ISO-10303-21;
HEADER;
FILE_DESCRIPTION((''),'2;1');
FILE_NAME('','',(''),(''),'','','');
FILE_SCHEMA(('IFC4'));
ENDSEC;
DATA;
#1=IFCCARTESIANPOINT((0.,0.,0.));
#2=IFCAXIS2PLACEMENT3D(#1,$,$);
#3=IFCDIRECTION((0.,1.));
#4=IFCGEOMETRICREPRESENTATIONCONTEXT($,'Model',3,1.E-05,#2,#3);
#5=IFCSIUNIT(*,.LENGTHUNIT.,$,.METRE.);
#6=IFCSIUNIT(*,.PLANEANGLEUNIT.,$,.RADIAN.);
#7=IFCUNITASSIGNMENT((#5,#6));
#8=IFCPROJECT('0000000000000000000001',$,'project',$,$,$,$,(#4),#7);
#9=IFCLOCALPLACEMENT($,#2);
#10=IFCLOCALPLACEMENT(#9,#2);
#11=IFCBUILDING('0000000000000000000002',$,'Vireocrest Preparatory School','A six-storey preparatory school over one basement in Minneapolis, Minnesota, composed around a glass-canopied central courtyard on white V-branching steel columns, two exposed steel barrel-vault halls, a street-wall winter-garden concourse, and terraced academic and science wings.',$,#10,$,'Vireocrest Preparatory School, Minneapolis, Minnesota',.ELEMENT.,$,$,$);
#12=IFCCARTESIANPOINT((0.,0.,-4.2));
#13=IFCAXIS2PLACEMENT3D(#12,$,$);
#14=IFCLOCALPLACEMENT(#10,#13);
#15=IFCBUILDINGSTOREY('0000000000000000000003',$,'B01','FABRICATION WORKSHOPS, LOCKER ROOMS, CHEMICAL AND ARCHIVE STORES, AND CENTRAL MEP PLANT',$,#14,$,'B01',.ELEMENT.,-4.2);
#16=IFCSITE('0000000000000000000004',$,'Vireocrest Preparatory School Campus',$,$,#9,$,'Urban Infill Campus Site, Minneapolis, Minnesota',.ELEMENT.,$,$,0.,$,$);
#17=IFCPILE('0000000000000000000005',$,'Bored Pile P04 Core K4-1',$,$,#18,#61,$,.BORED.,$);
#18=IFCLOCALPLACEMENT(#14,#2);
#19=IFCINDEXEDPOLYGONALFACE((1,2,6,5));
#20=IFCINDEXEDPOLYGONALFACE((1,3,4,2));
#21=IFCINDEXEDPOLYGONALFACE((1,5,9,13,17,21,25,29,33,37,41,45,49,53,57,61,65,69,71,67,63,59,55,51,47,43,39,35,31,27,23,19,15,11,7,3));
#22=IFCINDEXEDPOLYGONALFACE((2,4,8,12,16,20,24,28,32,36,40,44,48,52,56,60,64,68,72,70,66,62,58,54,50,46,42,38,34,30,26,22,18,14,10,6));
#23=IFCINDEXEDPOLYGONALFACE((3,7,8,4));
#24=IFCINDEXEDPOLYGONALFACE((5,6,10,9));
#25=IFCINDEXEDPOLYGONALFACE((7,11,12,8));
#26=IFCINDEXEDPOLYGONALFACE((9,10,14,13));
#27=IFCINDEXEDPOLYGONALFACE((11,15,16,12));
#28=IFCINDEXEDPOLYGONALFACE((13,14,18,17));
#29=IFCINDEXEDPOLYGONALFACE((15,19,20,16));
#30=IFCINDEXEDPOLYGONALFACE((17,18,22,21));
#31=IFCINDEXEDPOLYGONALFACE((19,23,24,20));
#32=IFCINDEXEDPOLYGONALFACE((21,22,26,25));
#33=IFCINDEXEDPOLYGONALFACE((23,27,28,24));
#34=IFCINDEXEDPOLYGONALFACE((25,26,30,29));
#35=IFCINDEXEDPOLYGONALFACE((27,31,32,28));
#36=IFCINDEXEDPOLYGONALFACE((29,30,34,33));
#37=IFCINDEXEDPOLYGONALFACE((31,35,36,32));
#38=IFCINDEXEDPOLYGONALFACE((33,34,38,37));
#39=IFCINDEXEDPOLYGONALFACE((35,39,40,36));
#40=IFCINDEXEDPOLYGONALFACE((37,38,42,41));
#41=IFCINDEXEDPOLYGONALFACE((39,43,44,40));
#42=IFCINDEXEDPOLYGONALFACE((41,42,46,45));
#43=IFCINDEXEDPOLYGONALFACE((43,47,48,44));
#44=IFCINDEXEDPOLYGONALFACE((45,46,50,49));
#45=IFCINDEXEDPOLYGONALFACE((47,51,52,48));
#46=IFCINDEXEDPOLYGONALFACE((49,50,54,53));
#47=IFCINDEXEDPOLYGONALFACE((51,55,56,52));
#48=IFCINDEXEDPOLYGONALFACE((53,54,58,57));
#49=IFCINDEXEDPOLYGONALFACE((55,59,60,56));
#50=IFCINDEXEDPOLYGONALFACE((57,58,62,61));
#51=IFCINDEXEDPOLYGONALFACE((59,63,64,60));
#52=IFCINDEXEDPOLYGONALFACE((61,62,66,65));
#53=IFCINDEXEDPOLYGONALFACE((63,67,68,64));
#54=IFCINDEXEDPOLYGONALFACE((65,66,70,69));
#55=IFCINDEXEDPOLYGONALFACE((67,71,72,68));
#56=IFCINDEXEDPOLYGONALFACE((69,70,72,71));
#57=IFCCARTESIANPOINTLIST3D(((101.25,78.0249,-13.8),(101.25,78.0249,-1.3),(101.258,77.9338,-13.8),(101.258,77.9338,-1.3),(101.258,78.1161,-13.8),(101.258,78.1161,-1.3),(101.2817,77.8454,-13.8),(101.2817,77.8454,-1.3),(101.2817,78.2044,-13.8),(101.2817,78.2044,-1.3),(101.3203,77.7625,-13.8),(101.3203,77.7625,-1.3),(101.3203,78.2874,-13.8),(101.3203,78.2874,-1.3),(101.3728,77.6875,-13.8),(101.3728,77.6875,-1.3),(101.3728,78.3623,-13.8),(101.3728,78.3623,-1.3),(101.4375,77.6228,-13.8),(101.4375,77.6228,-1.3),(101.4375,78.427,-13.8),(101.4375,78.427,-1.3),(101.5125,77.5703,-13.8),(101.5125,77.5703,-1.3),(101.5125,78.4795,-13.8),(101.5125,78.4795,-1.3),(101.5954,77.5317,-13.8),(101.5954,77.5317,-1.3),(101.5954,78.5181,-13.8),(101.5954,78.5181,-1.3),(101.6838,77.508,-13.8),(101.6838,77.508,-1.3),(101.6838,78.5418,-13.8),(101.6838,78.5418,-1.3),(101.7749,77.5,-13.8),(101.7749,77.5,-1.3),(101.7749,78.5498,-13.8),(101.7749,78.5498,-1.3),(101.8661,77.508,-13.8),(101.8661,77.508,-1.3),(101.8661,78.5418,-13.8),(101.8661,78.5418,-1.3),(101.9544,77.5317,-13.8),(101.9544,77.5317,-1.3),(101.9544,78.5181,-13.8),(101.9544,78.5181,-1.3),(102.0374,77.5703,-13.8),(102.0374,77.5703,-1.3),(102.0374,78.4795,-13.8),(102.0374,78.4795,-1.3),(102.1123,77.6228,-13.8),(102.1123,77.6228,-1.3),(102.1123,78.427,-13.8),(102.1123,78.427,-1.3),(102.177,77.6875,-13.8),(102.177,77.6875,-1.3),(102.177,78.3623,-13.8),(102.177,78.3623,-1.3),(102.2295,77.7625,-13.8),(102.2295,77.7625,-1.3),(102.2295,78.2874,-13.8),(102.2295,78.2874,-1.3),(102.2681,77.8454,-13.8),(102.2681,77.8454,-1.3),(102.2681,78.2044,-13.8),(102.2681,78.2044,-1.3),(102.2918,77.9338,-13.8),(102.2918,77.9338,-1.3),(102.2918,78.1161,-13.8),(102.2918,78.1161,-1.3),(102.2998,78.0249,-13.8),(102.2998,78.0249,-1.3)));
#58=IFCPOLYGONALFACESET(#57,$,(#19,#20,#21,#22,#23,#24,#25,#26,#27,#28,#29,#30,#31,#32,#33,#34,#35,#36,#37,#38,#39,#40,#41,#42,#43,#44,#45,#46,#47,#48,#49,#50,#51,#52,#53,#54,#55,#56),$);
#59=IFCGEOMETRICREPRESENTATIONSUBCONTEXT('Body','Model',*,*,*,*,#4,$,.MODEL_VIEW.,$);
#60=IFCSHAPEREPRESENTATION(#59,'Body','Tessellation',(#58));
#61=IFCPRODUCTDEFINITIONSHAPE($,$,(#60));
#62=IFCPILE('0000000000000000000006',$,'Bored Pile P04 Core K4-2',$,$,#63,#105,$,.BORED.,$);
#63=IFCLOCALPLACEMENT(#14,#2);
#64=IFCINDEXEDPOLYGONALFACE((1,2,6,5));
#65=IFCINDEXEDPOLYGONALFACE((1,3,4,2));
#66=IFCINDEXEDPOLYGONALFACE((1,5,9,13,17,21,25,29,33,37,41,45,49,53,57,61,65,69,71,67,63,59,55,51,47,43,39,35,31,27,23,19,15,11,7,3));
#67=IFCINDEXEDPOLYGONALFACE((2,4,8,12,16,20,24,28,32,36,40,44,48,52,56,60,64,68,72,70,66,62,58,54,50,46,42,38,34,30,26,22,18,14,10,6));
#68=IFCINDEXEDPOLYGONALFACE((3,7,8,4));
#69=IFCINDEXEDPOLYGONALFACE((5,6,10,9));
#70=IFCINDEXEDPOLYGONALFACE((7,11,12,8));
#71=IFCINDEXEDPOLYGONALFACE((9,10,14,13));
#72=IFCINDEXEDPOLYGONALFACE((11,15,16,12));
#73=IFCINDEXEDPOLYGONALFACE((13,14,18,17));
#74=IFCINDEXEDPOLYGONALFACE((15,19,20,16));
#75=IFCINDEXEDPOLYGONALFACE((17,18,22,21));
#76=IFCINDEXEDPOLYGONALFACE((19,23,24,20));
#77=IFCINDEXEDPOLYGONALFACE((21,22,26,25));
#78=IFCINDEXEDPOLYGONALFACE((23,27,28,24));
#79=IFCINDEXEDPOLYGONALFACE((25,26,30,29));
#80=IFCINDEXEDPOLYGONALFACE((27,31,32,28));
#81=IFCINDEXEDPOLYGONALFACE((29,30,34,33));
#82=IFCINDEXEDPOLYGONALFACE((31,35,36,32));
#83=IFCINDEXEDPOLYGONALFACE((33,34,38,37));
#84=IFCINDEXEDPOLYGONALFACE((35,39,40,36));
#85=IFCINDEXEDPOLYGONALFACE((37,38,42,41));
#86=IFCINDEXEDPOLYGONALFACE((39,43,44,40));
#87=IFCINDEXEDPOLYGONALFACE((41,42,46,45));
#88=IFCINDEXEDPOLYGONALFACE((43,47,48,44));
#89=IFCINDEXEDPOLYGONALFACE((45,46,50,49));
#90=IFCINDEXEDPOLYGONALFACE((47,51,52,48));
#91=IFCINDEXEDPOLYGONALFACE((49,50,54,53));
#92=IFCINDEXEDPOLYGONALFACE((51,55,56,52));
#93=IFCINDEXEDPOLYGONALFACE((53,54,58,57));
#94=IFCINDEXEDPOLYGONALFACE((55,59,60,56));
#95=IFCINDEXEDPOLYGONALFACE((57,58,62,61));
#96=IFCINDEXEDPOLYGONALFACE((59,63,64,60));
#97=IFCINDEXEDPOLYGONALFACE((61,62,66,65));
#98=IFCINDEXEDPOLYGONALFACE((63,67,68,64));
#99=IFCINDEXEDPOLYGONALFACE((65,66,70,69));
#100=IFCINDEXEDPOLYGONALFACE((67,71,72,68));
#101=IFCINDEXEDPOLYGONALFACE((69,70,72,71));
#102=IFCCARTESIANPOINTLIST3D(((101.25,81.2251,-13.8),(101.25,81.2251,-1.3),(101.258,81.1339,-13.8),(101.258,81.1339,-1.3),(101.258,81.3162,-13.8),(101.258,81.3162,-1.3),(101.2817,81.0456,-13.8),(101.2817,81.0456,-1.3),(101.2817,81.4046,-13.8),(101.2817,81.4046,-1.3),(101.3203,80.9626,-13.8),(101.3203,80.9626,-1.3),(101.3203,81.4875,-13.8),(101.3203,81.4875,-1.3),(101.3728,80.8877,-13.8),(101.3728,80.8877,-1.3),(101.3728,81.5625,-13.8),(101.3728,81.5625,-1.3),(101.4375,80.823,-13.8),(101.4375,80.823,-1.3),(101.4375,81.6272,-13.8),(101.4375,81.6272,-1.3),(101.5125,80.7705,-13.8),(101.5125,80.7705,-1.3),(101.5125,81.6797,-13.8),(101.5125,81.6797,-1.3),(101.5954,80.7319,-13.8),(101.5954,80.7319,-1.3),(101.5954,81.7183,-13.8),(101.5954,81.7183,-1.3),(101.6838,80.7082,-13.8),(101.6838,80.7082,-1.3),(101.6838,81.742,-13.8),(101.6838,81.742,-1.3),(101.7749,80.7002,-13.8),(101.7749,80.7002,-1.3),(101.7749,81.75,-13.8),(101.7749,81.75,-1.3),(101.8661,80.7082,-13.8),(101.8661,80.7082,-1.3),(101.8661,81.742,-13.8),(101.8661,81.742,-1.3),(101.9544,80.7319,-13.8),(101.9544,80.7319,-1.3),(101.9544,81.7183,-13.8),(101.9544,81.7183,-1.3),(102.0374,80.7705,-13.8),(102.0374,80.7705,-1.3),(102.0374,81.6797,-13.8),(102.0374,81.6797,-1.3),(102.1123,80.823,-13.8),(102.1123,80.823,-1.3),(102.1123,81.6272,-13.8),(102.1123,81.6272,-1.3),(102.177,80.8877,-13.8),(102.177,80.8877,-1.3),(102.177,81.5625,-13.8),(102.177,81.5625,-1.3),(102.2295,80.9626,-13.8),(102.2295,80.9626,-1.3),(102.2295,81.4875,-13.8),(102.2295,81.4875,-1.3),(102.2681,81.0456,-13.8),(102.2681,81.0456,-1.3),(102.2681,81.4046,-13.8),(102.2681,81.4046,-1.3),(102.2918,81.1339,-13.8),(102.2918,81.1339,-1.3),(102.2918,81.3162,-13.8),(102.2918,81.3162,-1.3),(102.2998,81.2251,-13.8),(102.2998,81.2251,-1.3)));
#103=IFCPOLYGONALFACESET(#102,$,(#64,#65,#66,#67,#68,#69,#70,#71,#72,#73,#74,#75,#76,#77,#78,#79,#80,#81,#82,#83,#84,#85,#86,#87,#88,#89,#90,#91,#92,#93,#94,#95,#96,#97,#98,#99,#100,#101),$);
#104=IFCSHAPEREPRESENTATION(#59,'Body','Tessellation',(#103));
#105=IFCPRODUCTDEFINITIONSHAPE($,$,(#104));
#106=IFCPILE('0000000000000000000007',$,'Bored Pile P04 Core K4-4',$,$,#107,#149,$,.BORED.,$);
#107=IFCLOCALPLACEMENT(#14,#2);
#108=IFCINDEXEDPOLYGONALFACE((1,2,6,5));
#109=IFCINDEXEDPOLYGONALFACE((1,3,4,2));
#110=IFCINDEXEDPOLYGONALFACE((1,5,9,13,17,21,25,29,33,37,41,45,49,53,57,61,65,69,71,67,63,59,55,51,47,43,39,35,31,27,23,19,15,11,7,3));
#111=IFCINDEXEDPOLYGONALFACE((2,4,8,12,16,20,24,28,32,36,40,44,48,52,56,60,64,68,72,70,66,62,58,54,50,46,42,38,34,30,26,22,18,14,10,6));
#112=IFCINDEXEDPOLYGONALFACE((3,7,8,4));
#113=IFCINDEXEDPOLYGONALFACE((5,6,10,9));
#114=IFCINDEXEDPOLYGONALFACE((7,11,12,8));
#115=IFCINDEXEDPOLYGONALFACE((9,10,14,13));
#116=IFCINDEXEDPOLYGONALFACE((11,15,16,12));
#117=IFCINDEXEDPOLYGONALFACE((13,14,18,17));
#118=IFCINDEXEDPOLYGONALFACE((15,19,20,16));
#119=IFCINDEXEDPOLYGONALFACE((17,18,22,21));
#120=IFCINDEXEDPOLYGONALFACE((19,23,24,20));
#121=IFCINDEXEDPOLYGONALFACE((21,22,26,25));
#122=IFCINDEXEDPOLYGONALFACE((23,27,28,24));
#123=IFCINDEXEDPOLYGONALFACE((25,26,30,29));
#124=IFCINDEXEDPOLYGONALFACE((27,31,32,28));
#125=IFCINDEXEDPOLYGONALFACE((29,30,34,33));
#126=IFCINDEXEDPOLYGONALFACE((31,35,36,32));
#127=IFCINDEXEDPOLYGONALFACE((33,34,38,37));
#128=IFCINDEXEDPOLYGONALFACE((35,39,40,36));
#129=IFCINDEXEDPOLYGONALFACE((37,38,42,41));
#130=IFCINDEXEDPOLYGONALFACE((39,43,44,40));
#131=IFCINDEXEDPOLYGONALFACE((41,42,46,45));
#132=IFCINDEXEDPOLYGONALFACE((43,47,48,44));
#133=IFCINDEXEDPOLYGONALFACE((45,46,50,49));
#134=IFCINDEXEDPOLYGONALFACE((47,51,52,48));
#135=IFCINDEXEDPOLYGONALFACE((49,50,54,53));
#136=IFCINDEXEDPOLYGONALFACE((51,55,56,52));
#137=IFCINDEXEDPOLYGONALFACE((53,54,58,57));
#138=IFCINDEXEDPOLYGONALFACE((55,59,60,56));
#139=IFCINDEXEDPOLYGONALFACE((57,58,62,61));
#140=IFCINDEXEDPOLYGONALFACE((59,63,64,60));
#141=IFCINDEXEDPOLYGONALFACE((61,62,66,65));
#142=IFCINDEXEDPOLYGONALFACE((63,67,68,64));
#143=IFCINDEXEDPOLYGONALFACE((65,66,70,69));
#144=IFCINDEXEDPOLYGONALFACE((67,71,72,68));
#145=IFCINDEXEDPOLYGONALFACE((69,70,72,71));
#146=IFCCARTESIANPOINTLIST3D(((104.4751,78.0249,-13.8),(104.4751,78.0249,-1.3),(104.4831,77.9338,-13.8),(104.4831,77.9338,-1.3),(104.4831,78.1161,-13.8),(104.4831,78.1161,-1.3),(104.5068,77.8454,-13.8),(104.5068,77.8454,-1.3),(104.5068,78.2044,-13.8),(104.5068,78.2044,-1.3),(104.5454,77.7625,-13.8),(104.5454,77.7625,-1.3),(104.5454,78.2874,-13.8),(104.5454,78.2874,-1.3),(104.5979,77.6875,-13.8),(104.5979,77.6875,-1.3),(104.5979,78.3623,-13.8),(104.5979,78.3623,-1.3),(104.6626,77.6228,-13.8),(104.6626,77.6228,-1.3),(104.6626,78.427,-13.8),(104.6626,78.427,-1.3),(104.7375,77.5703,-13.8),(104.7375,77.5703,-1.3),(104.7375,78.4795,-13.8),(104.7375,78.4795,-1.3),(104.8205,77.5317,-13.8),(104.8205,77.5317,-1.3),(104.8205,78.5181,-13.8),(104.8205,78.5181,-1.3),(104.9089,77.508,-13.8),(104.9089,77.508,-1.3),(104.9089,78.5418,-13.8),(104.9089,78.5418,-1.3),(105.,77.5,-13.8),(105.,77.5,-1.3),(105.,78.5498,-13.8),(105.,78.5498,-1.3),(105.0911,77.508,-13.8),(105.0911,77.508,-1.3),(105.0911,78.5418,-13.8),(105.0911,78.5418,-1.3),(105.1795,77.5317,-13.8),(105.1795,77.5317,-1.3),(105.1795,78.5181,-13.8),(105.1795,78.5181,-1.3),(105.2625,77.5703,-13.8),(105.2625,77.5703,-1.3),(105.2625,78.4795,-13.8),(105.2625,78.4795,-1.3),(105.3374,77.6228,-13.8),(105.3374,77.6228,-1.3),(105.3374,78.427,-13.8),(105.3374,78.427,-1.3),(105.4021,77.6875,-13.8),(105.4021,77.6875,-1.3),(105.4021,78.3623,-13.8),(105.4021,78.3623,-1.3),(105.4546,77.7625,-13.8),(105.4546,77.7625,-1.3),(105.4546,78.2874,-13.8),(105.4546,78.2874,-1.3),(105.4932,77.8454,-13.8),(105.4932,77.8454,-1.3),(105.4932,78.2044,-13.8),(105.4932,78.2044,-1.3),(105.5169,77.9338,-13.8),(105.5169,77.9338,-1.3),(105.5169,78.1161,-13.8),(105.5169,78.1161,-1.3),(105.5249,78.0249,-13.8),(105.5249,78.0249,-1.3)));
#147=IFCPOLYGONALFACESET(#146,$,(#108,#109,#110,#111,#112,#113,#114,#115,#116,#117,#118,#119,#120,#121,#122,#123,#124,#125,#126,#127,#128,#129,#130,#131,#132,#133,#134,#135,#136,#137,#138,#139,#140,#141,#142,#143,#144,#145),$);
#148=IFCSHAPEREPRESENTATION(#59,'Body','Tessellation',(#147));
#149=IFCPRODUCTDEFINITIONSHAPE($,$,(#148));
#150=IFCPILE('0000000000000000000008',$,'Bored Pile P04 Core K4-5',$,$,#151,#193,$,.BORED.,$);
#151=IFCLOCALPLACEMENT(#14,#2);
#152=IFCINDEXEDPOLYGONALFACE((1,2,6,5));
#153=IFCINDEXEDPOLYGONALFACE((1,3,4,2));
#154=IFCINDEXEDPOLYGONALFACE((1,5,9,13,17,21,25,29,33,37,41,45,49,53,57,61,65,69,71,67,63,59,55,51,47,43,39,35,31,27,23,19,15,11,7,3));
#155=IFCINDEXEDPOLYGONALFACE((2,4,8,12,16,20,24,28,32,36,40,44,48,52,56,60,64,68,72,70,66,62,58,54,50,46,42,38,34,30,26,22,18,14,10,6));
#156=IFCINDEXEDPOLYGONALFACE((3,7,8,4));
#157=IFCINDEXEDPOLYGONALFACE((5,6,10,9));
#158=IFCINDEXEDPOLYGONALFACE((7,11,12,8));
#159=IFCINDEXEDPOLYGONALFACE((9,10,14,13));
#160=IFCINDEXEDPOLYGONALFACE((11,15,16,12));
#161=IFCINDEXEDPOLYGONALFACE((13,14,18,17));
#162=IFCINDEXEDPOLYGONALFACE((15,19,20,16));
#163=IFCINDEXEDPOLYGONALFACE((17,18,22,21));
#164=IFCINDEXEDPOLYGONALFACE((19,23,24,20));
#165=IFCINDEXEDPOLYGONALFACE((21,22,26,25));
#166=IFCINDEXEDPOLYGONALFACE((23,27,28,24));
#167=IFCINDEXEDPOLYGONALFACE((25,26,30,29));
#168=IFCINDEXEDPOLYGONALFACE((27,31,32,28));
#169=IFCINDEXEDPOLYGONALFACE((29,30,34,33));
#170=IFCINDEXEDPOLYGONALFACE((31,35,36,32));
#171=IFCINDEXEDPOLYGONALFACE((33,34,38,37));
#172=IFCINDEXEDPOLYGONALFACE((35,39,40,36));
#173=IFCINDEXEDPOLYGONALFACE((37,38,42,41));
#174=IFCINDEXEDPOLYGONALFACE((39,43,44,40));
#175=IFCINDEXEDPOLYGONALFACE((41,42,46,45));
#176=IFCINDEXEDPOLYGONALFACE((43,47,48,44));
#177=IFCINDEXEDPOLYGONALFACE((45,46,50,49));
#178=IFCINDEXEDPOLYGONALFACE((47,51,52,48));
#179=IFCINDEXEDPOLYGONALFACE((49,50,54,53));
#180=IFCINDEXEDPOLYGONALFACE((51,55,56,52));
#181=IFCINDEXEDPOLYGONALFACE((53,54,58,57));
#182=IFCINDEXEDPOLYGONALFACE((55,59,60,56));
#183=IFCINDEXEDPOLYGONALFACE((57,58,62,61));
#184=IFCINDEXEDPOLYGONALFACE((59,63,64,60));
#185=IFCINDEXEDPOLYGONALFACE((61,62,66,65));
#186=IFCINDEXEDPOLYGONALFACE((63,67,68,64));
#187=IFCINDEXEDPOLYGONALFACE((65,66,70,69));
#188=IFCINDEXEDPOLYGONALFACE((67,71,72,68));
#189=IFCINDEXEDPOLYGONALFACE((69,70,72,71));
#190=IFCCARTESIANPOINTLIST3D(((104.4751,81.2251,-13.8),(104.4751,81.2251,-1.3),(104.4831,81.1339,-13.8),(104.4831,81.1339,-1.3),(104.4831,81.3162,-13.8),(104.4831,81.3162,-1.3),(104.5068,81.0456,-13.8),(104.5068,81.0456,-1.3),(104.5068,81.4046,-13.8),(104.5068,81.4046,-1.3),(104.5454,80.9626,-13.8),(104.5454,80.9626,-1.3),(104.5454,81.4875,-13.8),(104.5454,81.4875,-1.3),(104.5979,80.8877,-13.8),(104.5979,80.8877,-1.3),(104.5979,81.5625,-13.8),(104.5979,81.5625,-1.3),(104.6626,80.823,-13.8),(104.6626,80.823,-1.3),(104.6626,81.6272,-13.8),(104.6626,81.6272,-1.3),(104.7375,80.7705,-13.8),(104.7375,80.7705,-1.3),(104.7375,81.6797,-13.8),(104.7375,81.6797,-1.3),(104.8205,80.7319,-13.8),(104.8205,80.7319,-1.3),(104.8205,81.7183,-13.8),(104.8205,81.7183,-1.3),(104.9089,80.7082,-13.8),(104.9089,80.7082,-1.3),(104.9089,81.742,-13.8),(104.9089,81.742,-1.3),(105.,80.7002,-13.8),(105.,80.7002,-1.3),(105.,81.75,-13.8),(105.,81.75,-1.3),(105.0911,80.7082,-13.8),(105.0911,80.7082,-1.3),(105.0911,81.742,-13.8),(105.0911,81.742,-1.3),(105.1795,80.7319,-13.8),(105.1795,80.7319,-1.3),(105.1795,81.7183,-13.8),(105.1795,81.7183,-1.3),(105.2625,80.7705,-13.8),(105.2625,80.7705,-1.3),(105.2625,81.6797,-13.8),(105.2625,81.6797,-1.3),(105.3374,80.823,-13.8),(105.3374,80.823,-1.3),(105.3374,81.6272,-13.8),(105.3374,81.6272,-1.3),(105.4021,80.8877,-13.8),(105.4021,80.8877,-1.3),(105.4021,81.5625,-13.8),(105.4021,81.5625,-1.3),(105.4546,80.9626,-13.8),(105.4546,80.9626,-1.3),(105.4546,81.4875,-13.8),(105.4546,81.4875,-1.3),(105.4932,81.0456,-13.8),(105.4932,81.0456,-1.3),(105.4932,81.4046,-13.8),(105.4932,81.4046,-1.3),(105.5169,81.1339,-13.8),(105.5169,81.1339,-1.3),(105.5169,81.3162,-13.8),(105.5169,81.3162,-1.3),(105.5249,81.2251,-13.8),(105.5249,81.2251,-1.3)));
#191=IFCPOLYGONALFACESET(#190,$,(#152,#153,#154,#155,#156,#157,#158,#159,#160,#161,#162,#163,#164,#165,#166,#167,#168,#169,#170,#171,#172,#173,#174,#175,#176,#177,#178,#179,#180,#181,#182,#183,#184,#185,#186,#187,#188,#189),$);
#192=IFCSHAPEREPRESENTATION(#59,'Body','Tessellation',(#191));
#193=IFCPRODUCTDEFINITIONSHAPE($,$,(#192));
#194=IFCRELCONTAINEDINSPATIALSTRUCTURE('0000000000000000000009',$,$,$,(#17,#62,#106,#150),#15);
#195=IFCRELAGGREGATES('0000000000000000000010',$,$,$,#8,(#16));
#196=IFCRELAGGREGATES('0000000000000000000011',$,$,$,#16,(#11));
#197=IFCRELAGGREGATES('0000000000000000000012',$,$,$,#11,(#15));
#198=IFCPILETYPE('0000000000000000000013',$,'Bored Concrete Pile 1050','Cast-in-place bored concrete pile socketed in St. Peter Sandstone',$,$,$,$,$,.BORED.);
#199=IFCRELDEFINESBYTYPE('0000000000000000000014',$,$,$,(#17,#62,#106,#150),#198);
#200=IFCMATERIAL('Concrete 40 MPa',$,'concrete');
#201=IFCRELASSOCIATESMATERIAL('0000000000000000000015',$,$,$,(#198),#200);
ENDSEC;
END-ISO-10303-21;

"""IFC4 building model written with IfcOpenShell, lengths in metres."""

from ifc_helpers import new_model, si_unit, direction, frame, origin, origin_2d, place, context, subcontext, project, spatial, circle, extrude, material, material_profile, profile_set, type_object, element, save


model = new_model("IFC4")

# Units and contexts
model_context = context("Model", 3, precision=1e-05, world=origin(), true_north=direction((0.0, 1.0)))
body_context = subcontext(model_context, "Body", "Model", "MODEL_VIEW")
ifc_project = project(units=[si_unit("LENGTHUNIT", "METRE"), si_unit("PLANEANGLEUNIT", "RADIAN")], contexts=[model_context])

# Site, building, storey
site_placement = place(None, origin())
site = spatial("IfcSite", under=ifc_project, at=site_placement, Name="Vireocrest Preparatory School Campus", LongName="Urban Infill Campus Site, Minneapolis, Minnesota", CompositionType="ELEMENT", RefElevation=0.0)
building_placement = place(site_placement, origin())
building = spatial("IfcBuilding", under=site, at=building_placement, Name="Vireocrest Preparatory School", Description="A six-storey preparatory school over one basement in Minneapolis, Minnesota, composed around a glass-canopied central courtyard on white V-branching steel columns, two exposed steel barrel-vault halls, a street-wall winter-garden concourse, and terraced academic and science wings.", LongName="Vireocrest Preparatory School, Minneapolis, Minnesota", CompositionType="ELEMENT")
storey_placement = place(building_placement, frame((0.0, 0.0, -4.2)))
storey = spatial("IfcBuildingStorey", under=building, at=storey_placement, Name="B01", Description="FABRICATION WORKSHOPS, LOCKER ROOMS, CHEMICAL AND ARCHIVE STORES, AND CENTRAL MEP PLANT", LongName="B01", CompositionType="ELEMENT", Elevation=-4.2)

# Piles
ifc_material_1 = material(Name="Concrete 40 MPa", Category="concrete")
ifc_material_profile_1 = material_profile(ifc_material_1, circle(Radius=0.5249, at=origin_2d()), Name="BORED PILE 1050")
ifc_profile_set_1 = profile_set([ifc_material_profile_1], Name="Concrete 40 MPa")
pile_type_1 = type_object("IfcPileType", Name="Bored Concrete Pile 1050", Description="Cast-in-place bored concrete pile socketed in St. Peter Sandstone", PredefinedType="BORED", material=ifc_profile_set_1)
for number, where, z_axis, x_axis, name in (
    (1, (101.7749, 78.0249, -1.3), (0.0, 0.0, -1.0), (1.0, 0.0, 0.0), "Bored Pile P04 Core K4-1"),
    (2, (101.7749, 81.2251, -1.3), (0.0, 0.0, -1.0), (1.0, 0.0, 0.0), "Bored Pile P04 Core K4-2"),
    (3, (105.0, 78.0249, -1.3), (0.0, 0.0, -1.0), (1.0, 0.0, 0.0), "Bored Pile P04 Core K4-4"),
    (4, (105.0, 81.2251, -1.3), (0.0, 0.0, -1.0), (1.0, 0.0, 0.0), "Bored Pile P04 Core K4-5"),
):
    element("IfcPile", number, at=place(storey_placement, frame(where, z_axis=z_axis, x_axis=x_axis)), inside=storey, type_object=pile_type_1, Name=name, PredefinedType="BORED", context=body_context, shape_type="SweptSolid", body=[
        extrude(circle(Radius=0.5249, at=origin_2d()), origin(), (0.0, 0.0, 1.0), 12.5),
    ])

save(model, "model.ifc")
